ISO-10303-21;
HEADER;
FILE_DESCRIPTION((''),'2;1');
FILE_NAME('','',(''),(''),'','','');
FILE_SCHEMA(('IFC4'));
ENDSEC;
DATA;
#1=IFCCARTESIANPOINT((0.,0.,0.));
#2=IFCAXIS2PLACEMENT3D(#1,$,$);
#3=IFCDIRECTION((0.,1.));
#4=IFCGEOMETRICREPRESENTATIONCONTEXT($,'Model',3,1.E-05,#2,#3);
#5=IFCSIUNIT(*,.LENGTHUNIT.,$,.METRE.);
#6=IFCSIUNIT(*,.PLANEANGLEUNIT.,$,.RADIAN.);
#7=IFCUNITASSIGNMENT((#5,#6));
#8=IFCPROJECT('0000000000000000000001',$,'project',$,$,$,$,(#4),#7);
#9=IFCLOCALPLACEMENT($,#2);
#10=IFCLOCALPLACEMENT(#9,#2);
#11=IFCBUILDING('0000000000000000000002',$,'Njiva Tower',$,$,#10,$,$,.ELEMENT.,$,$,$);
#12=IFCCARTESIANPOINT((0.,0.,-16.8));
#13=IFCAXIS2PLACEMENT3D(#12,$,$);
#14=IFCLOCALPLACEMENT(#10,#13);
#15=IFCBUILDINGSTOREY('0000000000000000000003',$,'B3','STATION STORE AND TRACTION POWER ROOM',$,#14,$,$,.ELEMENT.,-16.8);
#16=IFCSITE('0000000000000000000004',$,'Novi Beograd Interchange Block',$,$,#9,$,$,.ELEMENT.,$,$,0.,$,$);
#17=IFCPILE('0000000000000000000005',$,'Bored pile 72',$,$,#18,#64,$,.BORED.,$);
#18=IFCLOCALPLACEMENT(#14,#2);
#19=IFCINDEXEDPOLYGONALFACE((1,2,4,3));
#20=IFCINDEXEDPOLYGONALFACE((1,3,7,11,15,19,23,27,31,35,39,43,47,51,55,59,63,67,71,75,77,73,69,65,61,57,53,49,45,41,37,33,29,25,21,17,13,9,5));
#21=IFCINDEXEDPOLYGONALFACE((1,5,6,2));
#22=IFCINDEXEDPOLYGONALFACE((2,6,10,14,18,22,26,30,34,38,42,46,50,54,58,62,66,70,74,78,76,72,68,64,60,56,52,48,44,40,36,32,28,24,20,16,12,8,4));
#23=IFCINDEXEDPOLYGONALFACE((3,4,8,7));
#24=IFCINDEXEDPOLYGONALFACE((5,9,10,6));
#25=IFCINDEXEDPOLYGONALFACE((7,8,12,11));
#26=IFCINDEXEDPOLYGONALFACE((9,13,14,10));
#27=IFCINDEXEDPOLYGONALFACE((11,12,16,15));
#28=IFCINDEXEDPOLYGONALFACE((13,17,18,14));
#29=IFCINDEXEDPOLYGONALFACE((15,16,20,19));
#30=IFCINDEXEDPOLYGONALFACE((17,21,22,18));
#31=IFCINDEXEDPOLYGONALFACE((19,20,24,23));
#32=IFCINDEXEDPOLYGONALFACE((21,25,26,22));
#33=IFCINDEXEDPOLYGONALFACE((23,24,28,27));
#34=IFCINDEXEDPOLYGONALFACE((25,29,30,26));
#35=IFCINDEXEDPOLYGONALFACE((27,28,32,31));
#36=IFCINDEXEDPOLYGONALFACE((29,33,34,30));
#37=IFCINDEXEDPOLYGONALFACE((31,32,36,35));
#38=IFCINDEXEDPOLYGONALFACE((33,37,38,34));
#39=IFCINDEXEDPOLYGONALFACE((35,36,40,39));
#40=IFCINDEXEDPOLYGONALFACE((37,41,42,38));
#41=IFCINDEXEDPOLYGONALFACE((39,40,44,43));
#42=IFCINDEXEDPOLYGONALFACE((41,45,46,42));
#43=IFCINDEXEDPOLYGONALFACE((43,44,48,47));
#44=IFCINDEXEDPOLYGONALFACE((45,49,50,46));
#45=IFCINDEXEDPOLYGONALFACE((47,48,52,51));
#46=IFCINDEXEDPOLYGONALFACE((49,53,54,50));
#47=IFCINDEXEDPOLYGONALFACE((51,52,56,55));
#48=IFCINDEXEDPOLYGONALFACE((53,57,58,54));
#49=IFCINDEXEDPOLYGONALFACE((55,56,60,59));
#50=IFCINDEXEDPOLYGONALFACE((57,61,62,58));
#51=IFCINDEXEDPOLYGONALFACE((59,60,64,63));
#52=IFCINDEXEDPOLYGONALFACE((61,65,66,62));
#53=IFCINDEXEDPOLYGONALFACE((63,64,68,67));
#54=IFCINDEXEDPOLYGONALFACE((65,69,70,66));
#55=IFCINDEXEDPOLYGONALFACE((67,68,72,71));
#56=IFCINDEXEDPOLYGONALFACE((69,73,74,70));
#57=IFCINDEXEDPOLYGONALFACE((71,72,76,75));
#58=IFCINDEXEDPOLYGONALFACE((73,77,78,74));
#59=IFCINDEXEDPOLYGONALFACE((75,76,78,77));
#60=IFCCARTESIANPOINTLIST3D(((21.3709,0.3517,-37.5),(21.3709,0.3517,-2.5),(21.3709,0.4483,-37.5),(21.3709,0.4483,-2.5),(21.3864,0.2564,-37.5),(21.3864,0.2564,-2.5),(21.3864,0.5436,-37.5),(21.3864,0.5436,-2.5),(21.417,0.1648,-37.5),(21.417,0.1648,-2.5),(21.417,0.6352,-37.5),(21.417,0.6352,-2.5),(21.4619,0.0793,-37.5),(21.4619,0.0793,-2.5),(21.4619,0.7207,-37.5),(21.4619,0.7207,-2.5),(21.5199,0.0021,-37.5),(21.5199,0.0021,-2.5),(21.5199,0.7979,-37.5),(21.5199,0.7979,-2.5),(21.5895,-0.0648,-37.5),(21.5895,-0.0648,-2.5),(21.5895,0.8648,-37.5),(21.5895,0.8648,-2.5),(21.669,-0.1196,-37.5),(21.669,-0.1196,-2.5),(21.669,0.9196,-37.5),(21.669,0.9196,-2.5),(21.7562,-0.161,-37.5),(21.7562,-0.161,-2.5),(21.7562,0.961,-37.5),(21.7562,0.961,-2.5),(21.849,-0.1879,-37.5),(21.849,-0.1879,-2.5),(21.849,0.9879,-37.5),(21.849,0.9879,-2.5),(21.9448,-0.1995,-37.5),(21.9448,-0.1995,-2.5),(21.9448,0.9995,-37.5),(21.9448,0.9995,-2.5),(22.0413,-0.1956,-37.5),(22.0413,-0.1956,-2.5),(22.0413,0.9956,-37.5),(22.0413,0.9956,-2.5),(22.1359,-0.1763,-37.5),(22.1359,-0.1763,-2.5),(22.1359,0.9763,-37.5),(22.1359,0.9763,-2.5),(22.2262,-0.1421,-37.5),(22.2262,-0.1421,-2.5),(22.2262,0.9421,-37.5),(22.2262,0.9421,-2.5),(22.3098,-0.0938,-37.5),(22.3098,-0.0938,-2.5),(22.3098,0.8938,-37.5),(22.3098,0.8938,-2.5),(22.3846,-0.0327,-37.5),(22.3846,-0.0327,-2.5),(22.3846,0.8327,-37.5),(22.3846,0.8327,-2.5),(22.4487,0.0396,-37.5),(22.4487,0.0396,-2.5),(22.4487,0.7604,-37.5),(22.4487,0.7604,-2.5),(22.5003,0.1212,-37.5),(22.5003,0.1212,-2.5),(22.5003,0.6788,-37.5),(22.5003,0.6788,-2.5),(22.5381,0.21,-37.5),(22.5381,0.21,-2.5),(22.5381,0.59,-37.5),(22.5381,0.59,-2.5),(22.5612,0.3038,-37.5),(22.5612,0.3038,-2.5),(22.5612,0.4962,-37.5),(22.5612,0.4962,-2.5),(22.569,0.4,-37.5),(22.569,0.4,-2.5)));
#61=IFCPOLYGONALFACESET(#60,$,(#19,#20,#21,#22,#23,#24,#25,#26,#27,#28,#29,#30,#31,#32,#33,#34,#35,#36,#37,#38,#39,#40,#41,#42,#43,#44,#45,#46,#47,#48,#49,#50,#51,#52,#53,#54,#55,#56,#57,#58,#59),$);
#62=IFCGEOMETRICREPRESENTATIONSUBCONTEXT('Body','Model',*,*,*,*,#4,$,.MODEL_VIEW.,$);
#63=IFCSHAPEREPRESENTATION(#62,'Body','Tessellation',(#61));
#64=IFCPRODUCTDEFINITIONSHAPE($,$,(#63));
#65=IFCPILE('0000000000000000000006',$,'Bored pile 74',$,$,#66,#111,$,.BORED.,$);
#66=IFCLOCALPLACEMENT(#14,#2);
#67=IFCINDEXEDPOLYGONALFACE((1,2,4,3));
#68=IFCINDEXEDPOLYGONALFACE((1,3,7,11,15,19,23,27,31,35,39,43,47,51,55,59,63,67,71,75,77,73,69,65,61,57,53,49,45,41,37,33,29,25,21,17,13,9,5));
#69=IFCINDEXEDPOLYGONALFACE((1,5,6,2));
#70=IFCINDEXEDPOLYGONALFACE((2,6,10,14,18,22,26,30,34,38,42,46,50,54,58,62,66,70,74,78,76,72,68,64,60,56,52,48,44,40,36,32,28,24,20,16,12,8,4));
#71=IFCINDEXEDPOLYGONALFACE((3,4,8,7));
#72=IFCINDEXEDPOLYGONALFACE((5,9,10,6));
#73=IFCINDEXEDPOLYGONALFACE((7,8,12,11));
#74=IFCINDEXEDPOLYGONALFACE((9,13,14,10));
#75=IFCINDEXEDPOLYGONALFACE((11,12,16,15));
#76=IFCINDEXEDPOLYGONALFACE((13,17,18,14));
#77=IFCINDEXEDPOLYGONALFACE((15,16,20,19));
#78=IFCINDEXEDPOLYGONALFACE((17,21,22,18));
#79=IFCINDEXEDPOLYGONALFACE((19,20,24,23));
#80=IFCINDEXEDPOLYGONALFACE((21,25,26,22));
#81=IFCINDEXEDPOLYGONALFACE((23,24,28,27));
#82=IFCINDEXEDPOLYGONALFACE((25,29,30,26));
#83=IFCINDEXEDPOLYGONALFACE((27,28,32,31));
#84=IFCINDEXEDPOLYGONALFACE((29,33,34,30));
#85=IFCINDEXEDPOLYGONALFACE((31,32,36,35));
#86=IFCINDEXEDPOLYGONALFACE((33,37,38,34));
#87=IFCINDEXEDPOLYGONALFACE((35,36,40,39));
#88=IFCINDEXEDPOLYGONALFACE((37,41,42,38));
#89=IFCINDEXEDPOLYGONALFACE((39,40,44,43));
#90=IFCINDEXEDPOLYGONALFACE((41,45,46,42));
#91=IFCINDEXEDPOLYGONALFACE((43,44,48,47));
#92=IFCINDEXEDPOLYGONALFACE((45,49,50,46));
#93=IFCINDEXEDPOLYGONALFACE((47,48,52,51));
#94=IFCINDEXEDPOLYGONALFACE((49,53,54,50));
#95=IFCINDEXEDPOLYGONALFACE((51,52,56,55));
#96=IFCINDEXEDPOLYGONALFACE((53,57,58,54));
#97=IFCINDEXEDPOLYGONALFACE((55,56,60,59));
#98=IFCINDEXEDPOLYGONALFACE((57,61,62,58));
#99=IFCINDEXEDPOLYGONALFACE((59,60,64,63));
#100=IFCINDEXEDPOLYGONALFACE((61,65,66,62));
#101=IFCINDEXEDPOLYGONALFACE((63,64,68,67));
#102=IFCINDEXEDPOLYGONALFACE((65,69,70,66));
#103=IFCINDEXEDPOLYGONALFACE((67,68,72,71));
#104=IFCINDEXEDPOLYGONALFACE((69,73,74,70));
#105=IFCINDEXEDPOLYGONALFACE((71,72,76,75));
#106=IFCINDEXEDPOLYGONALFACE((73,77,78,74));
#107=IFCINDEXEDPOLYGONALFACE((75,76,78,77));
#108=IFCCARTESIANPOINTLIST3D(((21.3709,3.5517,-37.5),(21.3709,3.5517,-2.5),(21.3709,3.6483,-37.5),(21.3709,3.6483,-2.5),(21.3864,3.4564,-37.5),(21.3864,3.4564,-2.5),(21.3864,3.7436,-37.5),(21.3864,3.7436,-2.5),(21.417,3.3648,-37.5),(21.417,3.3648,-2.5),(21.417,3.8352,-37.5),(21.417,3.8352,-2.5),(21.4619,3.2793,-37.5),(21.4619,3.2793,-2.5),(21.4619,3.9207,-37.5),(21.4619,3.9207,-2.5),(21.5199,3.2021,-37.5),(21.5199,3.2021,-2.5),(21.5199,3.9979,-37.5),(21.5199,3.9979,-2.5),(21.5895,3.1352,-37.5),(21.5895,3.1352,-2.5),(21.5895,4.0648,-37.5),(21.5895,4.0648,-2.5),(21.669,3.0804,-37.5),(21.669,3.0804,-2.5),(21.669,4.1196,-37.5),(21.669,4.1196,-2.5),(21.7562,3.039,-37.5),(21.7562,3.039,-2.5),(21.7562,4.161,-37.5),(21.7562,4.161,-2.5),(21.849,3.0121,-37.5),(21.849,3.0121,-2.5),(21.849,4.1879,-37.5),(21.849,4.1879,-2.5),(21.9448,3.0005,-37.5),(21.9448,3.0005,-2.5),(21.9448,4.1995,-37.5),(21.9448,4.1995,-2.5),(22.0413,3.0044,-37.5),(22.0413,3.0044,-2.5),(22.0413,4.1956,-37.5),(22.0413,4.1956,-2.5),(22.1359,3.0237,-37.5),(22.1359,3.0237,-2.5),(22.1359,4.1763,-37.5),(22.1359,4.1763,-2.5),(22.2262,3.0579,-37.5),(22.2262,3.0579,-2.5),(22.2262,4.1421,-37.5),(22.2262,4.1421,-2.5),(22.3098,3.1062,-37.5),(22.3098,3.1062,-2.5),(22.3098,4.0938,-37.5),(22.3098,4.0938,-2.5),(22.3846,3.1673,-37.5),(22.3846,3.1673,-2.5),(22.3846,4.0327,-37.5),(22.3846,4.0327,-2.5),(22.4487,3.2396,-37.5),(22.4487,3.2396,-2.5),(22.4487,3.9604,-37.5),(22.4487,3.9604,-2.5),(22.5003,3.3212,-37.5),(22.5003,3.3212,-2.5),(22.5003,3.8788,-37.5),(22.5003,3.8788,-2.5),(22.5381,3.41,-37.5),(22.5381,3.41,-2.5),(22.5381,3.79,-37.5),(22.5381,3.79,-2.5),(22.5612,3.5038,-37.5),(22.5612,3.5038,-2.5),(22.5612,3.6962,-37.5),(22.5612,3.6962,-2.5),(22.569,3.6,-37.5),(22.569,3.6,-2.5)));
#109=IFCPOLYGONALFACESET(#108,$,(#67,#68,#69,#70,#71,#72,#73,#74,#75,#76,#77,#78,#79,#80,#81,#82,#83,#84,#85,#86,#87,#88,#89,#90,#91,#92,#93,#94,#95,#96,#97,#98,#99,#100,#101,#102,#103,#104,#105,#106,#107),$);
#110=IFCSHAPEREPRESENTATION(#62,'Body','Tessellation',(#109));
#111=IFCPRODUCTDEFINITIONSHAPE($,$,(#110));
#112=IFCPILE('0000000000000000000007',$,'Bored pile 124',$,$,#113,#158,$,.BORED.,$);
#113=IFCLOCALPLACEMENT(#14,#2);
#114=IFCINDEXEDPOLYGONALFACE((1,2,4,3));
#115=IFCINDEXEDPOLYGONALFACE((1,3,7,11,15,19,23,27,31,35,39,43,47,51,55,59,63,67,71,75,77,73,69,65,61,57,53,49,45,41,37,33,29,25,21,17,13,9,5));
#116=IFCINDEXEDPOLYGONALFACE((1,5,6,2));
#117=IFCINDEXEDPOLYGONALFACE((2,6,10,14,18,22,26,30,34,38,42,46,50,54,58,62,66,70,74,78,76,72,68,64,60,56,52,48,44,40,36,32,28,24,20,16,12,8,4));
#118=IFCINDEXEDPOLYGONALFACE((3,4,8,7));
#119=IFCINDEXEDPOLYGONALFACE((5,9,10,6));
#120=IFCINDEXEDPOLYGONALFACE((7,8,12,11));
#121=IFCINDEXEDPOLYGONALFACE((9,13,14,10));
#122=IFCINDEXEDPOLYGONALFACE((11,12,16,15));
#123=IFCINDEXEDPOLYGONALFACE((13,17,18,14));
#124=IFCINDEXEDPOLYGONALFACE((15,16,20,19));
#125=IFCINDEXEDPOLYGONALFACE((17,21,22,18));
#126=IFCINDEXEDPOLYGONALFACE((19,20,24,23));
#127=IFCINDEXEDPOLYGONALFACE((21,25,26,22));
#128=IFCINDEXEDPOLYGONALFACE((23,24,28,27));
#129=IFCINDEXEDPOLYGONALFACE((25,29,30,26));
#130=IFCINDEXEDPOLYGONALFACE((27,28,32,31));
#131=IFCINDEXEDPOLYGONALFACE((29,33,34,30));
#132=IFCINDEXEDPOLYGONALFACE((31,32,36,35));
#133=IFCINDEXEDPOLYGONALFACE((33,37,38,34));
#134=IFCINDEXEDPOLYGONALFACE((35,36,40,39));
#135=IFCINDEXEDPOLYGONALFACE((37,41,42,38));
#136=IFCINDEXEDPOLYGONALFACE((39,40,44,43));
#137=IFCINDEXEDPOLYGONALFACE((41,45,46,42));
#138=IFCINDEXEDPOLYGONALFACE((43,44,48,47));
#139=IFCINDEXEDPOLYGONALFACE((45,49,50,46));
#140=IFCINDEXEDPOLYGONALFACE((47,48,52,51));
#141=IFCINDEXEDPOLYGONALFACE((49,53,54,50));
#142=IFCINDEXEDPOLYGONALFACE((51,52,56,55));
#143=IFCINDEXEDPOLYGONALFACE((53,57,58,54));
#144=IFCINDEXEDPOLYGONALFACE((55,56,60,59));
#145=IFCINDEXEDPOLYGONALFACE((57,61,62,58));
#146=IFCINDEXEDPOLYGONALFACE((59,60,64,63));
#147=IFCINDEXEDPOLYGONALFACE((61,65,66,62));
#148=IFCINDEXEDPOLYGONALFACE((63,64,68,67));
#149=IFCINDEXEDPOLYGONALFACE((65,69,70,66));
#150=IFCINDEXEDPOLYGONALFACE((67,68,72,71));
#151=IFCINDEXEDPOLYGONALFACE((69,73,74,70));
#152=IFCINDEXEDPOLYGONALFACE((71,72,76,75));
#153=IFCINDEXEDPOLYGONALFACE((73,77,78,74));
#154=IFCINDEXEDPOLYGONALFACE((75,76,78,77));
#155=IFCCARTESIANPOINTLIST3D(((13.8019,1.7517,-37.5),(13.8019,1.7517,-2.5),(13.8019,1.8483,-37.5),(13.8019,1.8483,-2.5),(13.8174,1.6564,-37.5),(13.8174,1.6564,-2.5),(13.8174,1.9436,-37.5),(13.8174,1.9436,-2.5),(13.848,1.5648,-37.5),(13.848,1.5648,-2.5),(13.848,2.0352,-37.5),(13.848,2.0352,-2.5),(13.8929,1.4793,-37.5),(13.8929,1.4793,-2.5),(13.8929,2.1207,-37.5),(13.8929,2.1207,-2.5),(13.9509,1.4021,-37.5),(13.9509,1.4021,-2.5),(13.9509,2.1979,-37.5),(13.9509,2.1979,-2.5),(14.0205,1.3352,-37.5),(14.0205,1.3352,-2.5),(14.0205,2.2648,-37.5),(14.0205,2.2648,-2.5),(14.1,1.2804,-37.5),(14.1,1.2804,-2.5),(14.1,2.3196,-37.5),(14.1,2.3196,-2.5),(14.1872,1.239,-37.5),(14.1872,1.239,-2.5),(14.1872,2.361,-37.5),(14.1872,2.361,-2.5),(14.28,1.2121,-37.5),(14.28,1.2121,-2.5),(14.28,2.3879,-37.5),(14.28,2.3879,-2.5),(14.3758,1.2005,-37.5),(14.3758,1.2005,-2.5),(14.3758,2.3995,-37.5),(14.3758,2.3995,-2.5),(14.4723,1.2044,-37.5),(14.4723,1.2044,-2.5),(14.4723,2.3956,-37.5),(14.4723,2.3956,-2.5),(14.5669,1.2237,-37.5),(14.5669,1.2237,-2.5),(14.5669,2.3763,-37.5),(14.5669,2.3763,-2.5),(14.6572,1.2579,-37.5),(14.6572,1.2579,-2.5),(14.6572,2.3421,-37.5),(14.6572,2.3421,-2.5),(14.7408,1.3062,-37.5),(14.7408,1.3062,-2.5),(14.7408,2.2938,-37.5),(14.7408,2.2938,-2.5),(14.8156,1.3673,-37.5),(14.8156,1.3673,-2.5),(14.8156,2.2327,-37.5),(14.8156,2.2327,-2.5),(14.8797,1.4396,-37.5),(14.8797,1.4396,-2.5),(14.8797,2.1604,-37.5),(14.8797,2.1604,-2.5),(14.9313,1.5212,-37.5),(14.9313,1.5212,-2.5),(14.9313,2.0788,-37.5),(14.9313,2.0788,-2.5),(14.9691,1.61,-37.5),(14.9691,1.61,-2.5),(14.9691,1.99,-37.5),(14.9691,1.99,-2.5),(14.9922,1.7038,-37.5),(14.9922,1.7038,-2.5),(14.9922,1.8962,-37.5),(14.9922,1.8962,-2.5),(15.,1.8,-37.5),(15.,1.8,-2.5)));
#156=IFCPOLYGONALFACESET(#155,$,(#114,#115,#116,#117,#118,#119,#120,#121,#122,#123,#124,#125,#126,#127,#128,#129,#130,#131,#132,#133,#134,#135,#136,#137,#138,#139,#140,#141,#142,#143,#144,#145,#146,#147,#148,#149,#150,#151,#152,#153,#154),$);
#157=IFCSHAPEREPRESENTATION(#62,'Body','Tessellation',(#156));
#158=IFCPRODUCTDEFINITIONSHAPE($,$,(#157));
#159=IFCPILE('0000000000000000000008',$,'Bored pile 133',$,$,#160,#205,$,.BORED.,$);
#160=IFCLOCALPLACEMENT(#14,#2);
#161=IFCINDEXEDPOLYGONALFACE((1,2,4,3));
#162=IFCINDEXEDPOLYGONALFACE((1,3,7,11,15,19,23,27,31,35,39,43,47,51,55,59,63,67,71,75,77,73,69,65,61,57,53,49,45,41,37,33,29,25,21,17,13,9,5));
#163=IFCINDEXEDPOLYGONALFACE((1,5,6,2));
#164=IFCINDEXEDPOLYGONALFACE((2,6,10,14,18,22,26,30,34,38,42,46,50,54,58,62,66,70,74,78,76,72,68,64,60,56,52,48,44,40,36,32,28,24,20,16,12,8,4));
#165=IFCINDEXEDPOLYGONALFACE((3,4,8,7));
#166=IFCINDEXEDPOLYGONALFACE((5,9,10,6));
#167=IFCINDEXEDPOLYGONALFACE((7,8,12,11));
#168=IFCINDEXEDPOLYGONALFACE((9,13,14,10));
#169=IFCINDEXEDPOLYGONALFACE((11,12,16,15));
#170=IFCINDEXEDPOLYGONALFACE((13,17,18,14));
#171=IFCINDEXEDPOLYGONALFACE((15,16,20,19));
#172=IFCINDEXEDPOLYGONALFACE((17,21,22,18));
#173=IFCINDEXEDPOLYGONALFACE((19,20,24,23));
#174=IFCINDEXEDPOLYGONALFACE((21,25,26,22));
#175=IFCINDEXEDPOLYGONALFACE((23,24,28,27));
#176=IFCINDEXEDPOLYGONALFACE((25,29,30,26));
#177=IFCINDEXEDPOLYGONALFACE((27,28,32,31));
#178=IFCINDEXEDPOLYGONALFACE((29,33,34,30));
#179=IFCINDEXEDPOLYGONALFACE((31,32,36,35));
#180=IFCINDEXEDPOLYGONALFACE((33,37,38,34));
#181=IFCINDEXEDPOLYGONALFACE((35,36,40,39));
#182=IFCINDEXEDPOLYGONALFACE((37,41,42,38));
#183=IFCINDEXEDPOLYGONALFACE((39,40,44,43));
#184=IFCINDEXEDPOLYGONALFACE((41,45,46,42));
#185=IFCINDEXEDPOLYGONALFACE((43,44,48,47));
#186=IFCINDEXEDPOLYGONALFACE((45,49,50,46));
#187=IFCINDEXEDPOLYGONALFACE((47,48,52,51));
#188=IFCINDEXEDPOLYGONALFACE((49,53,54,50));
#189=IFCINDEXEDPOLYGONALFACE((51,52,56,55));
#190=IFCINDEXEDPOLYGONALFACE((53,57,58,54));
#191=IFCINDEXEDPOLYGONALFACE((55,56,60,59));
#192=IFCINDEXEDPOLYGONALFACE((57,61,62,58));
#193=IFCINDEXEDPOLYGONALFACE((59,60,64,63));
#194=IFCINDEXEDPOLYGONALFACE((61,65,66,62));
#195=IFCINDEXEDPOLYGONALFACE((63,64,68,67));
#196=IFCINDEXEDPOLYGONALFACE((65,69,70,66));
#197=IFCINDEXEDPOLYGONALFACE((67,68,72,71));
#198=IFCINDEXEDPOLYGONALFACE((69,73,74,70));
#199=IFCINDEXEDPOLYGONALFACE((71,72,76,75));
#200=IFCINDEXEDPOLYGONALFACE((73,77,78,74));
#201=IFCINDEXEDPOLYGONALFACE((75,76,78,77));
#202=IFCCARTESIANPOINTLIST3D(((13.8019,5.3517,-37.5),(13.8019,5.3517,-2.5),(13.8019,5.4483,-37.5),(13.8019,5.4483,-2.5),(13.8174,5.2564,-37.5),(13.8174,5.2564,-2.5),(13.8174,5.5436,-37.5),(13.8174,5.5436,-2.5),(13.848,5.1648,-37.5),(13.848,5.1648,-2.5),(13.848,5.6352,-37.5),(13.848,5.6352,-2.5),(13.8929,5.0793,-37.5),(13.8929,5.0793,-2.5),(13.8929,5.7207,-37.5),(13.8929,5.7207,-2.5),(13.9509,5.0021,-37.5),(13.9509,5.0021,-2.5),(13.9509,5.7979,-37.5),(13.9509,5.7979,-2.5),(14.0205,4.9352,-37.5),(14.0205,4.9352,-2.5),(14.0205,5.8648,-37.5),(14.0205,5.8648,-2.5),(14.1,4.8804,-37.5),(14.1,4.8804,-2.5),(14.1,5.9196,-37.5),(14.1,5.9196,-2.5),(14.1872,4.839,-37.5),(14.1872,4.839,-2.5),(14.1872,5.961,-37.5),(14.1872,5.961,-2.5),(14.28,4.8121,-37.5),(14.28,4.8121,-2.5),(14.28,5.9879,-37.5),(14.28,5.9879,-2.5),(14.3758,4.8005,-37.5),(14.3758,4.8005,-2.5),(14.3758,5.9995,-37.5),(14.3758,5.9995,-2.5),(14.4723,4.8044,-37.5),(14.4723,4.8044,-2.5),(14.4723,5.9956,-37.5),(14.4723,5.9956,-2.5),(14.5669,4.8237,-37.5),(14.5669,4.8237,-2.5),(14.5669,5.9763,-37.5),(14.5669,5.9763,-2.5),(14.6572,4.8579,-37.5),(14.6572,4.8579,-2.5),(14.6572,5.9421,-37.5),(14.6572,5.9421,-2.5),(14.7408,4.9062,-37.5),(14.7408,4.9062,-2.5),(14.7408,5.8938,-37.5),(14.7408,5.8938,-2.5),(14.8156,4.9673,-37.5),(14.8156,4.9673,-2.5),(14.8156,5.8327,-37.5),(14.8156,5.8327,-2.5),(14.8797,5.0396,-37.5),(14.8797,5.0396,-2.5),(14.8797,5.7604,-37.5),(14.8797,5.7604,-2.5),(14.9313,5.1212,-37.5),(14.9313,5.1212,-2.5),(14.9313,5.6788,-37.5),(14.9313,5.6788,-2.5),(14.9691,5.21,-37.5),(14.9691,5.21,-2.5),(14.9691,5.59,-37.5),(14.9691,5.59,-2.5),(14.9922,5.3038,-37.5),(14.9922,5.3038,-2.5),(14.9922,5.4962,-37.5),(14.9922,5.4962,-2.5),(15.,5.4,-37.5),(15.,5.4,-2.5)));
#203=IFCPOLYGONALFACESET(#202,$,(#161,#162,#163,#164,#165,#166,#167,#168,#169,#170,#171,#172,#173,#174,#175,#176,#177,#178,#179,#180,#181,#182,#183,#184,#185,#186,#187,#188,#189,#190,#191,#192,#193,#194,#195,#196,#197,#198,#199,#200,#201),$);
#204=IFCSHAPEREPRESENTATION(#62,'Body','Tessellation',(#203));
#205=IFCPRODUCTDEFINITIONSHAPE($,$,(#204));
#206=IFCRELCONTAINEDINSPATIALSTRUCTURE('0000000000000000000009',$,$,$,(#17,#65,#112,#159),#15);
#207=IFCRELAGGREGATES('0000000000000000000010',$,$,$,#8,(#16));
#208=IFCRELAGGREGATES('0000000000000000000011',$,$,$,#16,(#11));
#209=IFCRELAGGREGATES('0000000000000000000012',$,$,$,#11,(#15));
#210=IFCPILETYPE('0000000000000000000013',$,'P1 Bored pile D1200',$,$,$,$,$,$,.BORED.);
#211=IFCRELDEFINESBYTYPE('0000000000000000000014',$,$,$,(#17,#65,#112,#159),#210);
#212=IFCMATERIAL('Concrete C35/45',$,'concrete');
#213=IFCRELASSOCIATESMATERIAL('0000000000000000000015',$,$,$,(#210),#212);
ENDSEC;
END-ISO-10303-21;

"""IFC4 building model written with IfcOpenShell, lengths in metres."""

from ifc_helpers import new_model, si_unit, direction, frame, origin, origin_2d, place, context, subcontext, project, spatial, circle, extrude, material, material_profile, profile_set, type_object, element, save


model = new_model("IFC4")

# Units and contexts
model_context = context("Model", 3, precision=1e-05, world=origin(), true_north=direction((0.0, 1.0)))
body_context = subcontext(model_context, "Body", "Model", "MODEL_VIEW")
ifc_project = project(units=[si_unit("LENGTHUNIT", "METRE"), si_unit("PLANEANGLEUNIT", "RADIAN")], contexts=[model_context])

# Site, building, storey
site_placement = place(None, origin())
site = spatial("IfcSite", under=ifc_project, at=site_placement, Name="Novi Beograd Interchange Block", CompositionType="ELEMENT", RefElevation=0.0)
building_placement = place(site_placement, origin())
building = spatial("IfcBuilding", under=site, at=building_placement, Name="Njiva Tower", CompositionType="ELEMENT")
storey_placement = place(building_placement, frame((0.0, 0.0, -16.8)))
storey = spatial("IfcBuildingStorey", under=building, at=storey_placement, Name="B3", Description="STATION STORE AND TRACTION POWER ROOM", CompositionType="ELEMENT", Elevation=-16.8)

# Piles
ifc_material_1 = material(Name="Concrete C35/45", Category="concrete")
ifc_material_profile_1 = material_profile(ifc_material_1, circle(Radius=0.6, at=origin_2d()), Name="D1200")
ifc_profile_set_1 = profile_set([ifc_material_profile_1], Name="Concrete C35/45")
pile_type = type_object("IfcPileType", Name="P1 Bored pile D1200", PredefinedType="BORED", material=ifc_profile_set_1)
for number, where, z_axis, x_axis, name in (
    (1, (21.969, 0.4, -2.5), (0.0, 0.0, -1.0), (1.0, 0.0, 0.0), "Bored pile 72"),
    (2, (21.969, 3.6, -2.5), (0.0, 0.0, -1.0), (1.0, 0.0, 0.0), "Bored pile 74"),
    (3, (14.4, 1.8, -2.5), (0.0, 0.0, -1.0), (1.0, 0.0, 0.0), "Bored pile 124"),
    (4, (14.4, 5.4, -2.5), (0.0, 0.0, -1.0), (1.0, 0.0, 0.0), "Bored pile 133"),
):
    element("IfcPile", number, at=place(storey_placement, frame(where, z_axis=z_axis, x_axis=x_axis)), inside=storey, type_object=pile_type, Name=name, PredefinedType="BORED", context=body_context, shape_type="SweptSolid", body=[
        extrude(circle(Radius=0.6, at=origin_2d()), origin(), (0.0, 0.0, 1.0), 35.0),
    ])

save(model, "model.ifc")
